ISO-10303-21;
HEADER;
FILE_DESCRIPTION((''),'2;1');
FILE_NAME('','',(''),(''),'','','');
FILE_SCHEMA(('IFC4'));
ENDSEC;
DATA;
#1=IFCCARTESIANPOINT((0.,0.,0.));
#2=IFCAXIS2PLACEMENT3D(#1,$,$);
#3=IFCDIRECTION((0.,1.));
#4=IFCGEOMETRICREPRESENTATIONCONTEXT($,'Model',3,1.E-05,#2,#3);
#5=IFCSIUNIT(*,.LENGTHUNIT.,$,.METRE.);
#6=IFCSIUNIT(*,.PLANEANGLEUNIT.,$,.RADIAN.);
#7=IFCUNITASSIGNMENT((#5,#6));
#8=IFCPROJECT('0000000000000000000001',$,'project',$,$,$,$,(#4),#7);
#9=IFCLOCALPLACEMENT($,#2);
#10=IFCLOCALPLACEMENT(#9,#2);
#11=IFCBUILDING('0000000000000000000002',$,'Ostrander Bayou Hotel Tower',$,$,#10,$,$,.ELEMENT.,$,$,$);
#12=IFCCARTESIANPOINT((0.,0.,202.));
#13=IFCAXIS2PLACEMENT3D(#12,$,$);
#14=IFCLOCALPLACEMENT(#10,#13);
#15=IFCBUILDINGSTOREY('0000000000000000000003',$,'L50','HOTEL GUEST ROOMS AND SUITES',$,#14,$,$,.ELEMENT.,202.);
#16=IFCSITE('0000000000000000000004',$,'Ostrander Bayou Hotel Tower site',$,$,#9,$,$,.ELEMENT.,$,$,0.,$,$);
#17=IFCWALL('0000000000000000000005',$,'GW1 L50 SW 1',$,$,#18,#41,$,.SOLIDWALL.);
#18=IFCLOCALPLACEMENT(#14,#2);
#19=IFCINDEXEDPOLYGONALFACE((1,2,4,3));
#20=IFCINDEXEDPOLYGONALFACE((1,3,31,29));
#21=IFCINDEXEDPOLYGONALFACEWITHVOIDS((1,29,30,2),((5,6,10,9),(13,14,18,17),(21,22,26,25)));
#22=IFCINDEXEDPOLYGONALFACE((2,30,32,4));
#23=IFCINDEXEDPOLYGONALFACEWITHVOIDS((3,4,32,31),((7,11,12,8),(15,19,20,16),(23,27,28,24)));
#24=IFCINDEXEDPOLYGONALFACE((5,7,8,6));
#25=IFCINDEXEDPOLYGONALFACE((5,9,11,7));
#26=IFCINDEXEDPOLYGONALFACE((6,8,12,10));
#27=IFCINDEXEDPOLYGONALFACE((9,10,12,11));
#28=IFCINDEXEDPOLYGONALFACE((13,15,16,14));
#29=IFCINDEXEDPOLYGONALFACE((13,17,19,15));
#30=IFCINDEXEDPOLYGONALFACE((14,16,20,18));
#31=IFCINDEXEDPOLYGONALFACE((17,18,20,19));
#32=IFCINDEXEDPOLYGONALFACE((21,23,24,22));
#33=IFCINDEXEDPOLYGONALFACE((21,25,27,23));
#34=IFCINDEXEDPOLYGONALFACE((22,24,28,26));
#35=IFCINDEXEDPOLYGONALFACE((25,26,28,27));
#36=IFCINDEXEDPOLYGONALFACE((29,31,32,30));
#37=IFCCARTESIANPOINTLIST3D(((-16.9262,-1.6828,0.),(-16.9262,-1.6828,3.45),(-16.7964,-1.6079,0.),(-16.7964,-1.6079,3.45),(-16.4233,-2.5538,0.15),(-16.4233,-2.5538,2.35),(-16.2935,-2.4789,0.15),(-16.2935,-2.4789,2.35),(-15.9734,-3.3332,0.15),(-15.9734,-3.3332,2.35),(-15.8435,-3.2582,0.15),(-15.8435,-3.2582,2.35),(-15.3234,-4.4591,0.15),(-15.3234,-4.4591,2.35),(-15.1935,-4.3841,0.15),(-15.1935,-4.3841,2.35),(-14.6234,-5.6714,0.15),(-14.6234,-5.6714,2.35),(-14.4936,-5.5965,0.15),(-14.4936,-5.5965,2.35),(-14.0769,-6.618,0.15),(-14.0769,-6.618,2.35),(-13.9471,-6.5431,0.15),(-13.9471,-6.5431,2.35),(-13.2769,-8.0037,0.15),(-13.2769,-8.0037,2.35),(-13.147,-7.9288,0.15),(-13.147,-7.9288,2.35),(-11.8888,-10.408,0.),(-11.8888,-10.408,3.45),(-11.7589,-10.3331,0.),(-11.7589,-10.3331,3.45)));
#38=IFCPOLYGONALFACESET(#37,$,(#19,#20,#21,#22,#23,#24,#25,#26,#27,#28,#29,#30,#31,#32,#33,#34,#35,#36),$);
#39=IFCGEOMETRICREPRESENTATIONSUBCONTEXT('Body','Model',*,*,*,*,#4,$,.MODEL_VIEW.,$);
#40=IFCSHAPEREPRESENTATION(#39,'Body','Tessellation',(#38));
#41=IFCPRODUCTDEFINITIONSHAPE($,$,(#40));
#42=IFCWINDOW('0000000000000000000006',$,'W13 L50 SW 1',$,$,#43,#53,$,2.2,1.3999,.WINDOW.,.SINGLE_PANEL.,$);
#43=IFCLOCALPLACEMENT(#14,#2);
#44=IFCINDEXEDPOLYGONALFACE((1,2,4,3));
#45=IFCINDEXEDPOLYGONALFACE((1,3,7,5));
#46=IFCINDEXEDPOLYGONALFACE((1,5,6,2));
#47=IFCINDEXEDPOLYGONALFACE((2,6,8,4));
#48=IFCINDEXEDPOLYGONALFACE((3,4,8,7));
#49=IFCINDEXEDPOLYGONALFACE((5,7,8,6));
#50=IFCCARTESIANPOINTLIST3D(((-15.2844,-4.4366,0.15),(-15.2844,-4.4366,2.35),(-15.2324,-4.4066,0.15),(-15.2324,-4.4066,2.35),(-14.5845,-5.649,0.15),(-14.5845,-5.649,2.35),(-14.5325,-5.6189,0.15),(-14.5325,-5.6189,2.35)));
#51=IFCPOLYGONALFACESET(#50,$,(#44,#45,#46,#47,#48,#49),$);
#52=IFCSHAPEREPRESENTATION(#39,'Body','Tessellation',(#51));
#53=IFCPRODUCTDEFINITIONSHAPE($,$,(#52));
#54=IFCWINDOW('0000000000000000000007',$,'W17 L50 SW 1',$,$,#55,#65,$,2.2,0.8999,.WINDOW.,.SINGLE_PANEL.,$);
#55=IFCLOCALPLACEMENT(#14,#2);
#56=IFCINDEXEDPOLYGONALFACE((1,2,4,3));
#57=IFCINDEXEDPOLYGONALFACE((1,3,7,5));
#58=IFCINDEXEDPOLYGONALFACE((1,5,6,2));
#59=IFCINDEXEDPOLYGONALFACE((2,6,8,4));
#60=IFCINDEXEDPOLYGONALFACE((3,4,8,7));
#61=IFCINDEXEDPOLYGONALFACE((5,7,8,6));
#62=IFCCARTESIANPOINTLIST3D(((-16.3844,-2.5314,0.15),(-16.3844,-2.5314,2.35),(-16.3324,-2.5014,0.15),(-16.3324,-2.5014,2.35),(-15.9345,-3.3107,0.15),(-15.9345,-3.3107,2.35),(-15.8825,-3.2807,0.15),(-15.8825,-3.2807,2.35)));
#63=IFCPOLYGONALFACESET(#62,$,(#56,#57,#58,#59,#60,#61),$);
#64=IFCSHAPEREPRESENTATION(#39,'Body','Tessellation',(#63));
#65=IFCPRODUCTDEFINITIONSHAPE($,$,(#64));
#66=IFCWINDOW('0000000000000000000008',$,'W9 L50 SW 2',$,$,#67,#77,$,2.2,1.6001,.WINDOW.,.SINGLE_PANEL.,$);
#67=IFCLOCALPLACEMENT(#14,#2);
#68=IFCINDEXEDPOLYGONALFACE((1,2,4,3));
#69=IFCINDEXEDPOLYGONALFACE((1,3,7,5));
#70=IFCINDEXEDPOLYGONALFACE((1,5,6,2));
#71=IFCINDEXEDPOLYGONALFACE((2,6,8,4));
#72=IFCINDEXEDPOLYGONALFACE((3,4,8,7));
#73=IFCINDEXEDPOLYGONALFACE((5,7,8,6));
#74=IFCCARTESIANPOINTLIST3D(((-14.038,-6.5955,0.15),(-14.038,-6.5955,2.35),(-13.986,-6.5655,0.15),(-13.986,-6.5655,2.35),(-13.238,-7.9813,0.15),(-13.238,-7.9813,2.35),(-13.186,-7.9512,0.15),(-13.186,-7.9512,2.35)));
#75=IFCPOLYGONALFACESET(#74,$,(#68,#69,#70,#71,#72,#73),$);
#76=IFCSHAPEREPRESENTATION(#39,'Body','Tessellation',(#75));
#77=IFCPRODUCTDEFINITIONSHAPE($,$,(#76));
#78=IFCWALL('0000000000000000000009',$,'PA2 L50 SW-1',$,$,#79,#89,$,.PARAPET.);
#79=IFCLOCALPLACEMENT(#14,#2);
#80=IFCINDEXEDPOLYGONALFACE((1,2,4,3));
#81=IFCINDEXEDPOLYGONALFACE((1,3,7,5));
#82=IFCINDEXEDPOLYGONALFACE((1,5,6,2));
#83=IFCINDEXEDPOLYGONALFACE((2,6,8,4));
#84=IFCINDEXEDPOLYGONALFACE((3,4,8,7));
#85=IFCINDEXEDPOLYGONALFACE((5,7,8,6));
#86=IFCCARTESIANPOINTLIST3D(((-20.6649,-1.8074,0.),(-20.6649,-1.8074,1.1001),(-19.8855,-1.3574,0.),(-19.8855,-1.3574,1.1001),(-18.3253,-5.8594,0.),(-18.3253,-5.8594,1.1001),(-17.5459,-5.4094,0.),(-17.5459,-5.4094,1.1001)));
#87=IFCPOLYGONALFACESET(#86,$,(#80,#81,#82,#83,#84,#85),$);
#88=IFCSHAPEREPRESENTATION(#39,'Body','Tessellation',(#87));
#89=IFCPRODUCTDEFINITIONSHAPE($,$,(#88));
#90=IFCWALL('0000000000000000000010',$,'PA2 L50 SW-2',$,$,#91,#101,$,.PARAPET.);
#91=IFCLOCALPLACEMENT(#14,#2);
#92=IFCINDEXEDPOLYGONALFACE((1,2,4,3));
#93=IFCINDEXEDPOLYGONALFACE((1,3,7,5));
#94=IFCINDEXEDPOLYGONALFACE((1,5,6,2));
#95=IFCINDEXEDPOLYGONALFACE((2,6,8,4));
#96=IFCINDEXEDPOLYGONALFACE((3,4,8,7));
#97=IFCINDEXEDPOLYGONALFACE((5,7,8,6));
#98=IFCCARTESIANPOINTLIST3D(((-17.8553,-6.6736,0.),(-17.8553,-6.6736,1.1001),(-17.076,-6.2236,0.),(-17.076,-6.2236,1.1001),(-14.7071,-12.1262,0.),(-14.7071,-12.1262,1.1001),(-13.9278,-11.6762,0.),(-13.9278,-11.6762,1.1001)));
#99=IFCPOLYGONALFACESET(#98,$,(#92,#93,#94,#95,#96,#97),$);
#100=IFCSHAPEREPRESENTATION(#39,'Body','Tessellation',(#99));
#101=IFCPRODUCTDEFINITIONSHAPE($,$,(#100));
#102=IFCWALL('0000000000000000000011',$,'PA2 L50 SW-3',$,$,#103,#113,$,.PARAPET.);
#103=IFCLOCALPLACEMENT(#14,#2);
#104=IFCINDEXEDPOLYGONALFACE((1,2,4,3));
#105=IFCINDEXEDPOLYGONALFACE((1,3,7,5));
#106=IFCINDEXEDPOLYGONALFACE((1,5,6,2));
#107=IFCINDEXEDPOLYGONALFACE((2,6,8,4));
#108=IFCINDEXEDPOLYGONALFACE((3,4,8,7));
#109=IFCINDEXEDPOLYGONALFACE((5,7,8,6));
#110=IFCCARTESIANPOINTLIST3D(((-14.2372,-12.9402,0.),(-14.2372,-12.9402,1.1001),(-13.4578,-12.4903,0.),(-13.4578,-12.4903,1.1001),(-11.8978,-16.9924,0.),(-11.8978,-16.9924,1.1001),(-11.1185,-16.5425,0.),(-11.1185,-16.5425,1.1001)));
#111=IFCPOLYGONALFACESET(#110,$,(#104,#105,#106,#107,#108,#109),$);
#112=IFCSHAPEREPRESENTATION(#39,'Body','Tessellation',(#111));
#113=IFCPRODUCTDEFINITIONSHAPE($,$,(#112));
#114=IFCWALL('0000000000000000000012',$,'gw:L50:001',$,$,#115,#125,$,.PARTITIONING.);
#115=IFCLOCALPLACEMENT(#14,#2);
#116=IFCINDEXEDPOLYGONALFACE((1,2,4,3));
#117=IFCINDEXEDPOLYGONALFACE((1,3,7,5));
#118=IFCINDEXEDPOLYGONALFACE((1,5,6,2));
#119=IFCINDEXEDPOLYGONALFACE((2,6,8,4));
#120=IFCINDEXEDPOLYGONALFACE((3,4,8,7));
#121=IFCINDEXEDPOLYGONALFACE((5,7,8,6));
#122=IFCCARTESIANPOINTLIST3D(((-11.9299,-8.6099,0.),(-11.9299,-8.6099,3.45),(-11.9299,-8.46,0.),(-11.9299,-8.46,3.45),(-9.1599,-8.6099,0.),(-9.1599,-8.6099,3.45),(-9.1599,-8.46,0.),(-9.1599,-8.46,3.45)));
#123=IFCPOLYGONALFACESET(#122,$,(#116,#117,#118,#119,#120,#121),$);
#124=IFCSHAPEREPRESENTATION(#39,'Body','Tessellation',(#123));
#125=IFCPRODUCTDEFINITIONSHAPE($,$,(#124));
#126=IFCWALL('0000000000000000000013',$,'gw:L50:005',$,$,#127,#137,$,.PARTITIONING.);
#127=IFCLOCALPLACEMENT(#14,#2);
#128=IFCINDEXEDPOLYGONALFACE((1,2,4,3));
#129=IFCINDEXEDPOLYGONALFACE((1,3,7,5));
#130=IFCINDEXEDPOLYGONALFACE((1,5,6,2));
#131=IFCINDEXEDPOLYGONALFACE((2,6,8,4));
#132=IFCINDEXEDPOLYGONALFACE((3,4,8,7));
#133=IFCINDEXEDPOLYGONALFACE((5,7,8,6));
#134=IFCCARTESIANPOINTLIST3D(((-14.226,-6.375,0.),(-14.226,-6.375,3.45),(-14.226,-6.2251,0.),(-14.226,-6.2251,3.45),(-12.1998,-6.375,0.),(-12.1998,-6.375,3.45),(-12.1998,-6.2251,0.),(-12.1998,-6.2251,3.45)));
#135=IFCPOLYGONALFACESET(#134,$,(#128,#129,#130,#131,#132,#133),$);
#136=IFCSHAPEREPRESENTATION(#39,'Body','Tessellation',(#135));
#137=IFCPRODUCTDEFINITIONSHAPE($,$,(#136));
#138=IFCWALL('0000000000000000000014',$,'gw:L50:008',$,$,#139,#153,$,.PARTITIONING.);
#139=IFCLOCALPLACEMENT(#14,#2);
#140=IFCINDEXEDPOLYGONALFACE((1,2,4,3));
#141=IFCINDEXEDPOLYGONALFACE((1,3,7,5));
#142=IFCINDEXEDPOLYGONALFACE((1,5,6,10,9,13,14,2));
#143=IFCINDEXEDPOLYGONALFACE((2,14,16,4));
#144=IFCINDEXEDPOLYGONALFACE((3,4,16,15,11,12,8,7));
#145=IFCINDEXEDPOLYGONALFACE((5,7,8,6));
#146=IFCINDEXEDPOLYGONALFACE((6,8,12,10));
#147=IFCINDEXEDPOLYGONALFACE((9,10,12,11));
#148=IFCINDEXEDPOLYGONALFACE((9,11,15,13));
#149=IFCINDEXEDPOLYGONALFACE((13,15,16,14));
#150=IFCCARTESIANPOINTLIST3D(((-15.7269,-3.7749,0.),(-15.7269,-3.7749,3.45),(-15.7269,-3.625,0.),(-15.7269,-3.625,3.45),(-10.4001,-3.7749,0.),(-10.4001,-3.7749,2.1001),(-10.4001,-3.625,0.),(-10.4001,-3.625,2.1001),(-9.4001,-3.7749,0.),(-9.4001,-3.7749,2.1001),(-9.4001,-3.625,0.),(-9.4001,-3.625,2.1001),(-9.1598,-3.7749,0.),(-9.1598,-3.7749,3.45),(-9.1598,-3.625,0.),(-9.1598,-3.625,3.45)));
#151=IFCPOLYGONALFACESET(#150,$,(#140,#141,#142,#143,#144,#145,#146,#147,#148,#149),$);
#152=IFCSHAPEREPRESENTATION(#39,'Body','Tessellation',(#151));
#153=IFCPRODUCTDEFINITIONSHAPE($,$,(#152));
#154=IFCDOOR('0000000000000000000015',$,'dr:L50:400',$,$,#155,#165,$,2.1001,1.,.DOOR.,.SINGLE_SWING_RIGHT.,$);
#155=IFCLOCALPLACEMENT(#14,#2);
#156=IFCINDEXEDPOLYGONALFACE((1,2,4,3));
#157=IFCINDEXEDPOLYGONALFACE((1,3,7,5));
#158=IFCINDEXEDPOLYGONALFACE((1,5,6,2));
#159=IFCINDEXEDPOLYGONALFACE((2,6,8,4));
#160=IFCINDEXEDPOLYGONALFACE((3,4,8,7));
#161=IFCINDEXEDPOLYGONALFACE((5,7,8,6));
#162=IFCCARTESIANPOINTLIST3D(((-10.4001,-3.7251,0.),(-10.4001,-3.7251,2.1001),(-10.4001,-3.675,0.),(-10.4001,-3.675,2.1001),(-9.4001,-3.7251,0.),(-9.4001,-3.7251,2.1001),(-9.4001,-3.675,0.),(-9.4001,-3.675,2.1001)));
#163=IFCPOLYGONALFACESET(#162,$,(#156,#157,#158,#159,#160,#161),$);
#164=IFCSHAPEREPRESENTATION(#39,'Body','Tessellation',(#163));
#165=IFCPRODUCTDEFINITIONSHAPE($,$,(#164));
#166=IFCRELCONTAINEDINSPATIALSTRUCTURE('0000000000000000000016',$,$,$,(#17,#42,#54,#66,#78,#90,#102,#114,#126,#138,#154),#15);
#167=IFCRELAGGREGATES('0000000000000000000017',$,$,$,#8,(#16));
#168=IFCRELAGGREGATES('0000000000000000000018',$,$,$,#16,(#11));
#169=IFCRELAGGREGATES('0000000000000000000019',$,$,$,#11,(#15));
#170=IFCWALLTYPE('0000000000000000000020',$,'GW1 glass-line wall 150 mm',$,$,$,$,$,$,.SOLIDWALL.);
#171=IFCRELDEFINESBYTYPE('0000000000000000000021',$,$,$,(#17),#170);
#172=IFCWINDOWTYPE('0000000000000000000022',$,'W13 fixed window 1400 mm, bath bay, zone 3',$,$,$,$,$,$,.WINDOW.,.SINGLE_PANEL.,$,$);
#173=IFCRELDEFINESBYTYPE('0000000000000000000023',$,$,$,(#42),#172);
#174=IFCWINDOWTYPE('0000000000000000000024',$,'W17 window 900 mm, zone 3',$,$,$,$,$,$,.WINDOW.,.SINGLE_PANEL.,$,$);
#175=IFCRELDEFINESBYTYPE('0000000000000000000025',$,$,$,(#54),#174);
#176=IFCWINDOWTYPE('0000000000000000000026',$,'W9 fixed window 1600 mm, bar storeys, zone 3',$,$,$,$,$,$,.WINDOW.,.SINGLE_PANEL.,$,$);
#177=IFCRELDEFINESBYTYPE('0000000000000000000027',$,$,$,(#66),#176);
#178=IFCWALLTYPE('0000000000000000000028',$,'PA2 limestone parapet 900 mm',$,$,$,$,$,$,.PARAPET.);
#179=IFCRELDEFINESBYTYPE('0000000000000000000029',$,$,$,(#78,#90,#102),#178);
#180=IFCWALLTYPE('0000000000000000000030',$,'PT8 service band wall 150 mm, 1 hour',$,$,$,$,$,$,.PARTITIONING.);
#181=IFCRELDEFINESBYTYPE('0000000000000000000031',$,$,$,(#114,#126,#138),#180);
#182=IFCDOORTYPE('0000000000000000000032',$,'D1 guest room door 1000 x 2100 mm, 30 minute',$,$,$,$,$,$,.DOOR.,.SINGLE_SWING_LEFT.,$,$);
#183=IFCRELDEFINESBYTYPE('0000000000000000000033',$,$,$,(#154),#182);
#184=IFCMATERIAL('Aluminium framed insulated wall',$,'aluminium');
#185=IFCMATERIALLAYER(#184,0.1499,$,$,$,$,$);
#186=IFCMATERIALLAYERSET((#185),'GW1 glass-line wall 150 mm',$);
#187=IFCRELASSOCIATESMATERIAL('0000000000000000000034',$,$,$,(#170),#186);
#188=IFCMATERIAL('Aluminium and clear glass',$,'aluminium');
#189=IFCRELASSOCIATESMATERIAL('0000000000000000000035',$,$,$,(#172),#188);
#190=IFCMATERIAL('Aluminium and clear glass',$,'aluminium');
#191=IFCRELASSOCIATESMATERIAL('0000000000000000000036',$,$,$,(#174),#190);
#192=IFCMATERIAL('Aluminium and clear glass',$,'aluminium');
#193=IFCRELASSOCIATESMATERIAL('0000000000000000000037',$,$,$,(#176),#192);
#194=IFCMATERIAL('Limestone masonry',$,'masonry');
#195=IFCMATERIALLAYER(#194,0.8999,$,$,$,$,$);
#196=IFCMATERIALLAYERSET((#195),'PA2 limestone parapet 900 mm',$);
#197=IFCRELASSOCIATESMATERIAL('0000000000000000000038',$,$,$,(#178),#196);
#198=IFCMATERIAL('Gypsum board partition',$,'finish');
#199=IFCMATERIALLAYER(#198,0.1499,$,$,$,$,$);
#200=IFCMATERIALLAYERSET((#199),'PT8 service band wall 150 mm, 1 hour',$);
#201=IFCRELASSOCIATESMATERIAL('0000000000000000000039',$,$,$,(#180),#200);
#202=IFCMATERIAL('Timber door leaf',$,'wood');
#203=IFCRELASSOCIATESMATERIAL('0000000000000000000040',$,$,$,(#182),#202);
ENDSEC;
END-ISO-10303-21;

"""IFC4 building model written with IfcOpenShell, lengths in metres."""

from ifc_helpers import new_model, si_unit, direction, frame, frame_2d, origin, place, context, subcontext, project, spatial, rectangle, extrude, material, layer, layer_set, type_object, element, fill, save


model = new_model("IFC4")

# Units and contexts
model_context = context("Model", 3, precision=1e-05, world=origin(), true_north=direction((0.0, 1.0)))
body_context = subcontext(model_context, "Body", "Model", "MODEL_VIEW")
ifc_project = project(units=[si_unit("LENGTHUNIT", "METRE"), si_unit("PLANEANGLEUNIT", "RADIAN")], contexts=[model_context])

# Site, building, storey
site_placement = place(None, origin())
site = spatial("IfcSite", under=ifc_project, at=site_placement, Name="Ostrander Bayou Hotel Tower site", CompositionType="ELEMENT", RefElevation=0.0)
building_placement = place(site_placement, origin())
building = spatial("IfcBuilding", under=site, at=building_placement, Name="Ostrander Bayou Hotel Tower", CompositionType="ELEMENT")
storey_placement = place(building_placement, frame((0.0, 0.0, 202.0)))
storey = spatial("IfcBuildingStorey", under=building, at=storey_placement, Name="L50", Description="HOTEL GUEST ROOMS AND SUITES", CompositionType="ELEMENT", Elevation=202.0)

# Wall, openings, windows
ifc_material_1 = material(Name="Aluminium framed insulated wall", Category="aluminium")
ifc_layer_1 = layer(ifc_material_1, 0.1499)
ifc_layer_set_1 = layer_set([ifc_layer_1], Name="GW1 glass-line wall 150 mm")
wall_type_1 = type_object("IfcWallType", Name="GW1 glass-line wall 150 mm", PredefinedType="SOLIDWALL", material=ifc_layer_set_1)
wall_1_placement = place(storey_placement, frame((-16.8613, -1.6453, 0.0), z_axis=(0.0, 0.0, 1.0), x_axis=(0.499994, -0.866029, 0.0)))
wall_1 = element("IfcWall", 1, at=wall_1_placement, inside=storey, type_object=wall_type_1, Name="GW1 L50 SW 1", PredefinedType="SOLIDWALL", context=body_context, shape_type="SweptSolid", body=[
    extrude(rectangle(XDim=10.075, YDim=0.1499, at=frame_2d((5.0376, 0.0))), origin(), (0.0, 0.0, 1.0), 3.45),
])
opening_1_placement = place(wall_1_placement, frame((1.0059, 0.0, 0.1499)))
opening_1 = element("IfcOpeningElement", 2, at=opening_1_placement, cuts=wall_1, PredefinedType="OPENING", context=body_context, shape_type="SweptSolid", body=[
    extrude(rectangle(XDim=0.8999, YDim=2.2, at=frame_2d((0.45, 1.1001))), frame((0.0, 0.075, 0.0), z_axis=(0.0, -1.0, 0.0), x_axis=(1.0, 0.0, 0.0)), (0.0, 0.0, 1.0), 0.1499),
])
opening_2_placement = place(wall_1_placement, frame((3.2058, 0.0, 0.1499)))
opening_2 = element("IfcOpeningElement", 3, at=opening_2_placement, cuts=wall_1, PredefinedType="OPENING", context=body_context, shape_type="SweptSolid", body=[
    extrude(rectangle(XDim=1.3999, YDim=2.2, at=frame_2d((0.7, 1.1001))), frame((0.0, 0.075, 0.0), z_axis=(0.0, -1.0, 0.0), x_axis=(1.0, 0.0, 0.0)), (0.0, 0.0, 1.0), 0.1499),
])
opening_3_placement = place(wall_1_placement, frame((5.6987, 0.0, 0.1499)))
opening_3 = element("IfcOpeningElement", 4, at=opening_3_placement, cuts=wall_1, PredefinedType="OPENING", context=body_context, shape_type="SweptSolid", body=[
    extrude(rectangle(XDim=1.6001, YDim=2.2, at=frame_2d((0.8, 1.1001))), frame((0.0, 0.075, 0.0), z_axis=(0.0, -1.0, 0.0), x_axis=(1.0, 0.0, 0.0)), (0.0, 0.0, 1.0), 0.1499),
])
ifc_material_2 = material(Name="Aluminium and clear glass", Category="aluminium")
window_type_1 = type_object("IfcWindowType", Name="W13 fixed window 1400 mm, bath bay, zone 3", PartitioningType="SINGLE_PANEL", PredefinedType="WINDOW", material=ifc_material_2)
window_1_placement = place(opening_2_placement, origin())
window_1 = element("IfcWindow", 5, at=window_1_placement, inside=storey, type_object=window_type_1, Name="W13 L50 SW 1", OverallHeight=2.2, OverallWidth=1.3999, PartitioningType="SINGLE_PANEL", PredefinedType="WINDOW", context=body_context, shape_type="SweptSolid", body=[
    extrude(rectangle(XDim=1.3999, YDim=2.2, at=frame_2d((0.7, 1.1001))), frame((0.0, 0.03, 0.0), z_axis=(0.0, -1.0, 0.0), x_axis=(1.0, 0.0, 0.0)), (0.0, 0.0, 1.0), 0.0601),
])
fill(opening_2, window_1)
ifc_material_3 = material(Name="Aluminium and clear glass", Category="aluminium")
window_type_2 = type_object("IfcWindowType", Name="W17 window 900 mm, zone 3", PartitioningType="SINGLE_PANEL", PredefinedType="WINDOW", material=ifc_material_3)
window_2_placement = place(opening_1_placement, origin())
window_2 = element("IfcWindow", 6, at=window_2_placement, inside=storey, type_object=window_type_2, Name="W17 L50 SW 1", OverallHeight=2.2, OverallWidth=0.8999, PartitioningType="SINGLE_PANEL", PredefinedType="WINDOW", context=body_context, shape_type="SweptSolid", body=[
    extrude(rectangle(XDim=0.8999, YDim=2.2, at=frame_2d((0.45, 1.1001))), frame((0.0, 0.03, 0.0), z_axis=(0.0, -1.0, 0.0), x_axis=(1.0, 0.0, 0.0)), (0.0, 0.0, 1.0), 0.0601),
])
fill(opening_1, window_2)
ifc_material_4 = material(Name="Aluminium and clear glass", Category="aluminium")
window_type_3 = type_object("IfcWindowType", Name="W9 fixed window 1600 mm, bar storeys, zone 3", PartitioningType="SINGLE_PANEL", PredefinedType="WINDOW", material=ifc_material_4)
window_3_placement = place(opening_3_placement, origin())
window_3 = element("IfcWindow", 7, at=window_3_placement, inside=storey, type_object=window_type_3, Name="W9 L50 SW 2", OverallHeight=2.2, OverallWidth=1.6001, PartitioningType="SINGLE_PANEL", PredefinedType="WINDOW", context=body_context, shape_type="SweptSolid", body=[
    extrude(rectangle(XDim=1.6001, YDim=2.2, at=frame_2d((0.8, 1.1001))), frame((0.0, 0.03, 0.0), z_axis=(0.0, -1.0, 0.0), x_axis=(1.0, 0.0, 0.0)), (0.0, 0.0, 1.0), 0.0601),
])
fill(opening_3, window_3)

# Walls
ifc_material_5 = material(Name="Limestone masonry", Category="masonry")
ifc_layer_2 = layer(ifc_material_5, 0.8999)
ifc_layer_set_2 = layer_set([ifc_layer_2], Name="PA2 limestone parapet 900 mm")
wall_type_2 = type_object("IfcWallType", Name="PA2 limestone parapet 900 mm", PredefinedType="PARAPET", material=ifc_layer_set_2)
wall_2_placement = place(storey_placement, frame((-20.2751, -1.5825, 0.0), z_axis=(0.0, 0.0, 1.0), x_axis=(0.500028, -0.866009, 0.0)))
element("IfcWall", 8, at=wall_2_placement, inside=storey, type_object=wall_type_2, Name="PA2 L50 SW-1", PredefinedType="PARAPET", context=body_context, shape_type="SweptSolid", body=[
    extrude(rectangle(XDim=4.679, YDim=0.8999, at=frame_2d((2.3394, 0.0))), origin(), (0.0, 0.0, 1.0), 1.1001),
])
wall_3_placement = place(storey_placement, frame((-17.4656, -6.4487, 0.0), z_axis=(0.0, 0.0, 1.0), x_axis=(0.500013, -0.866018, 0.0)))
element("IfcWall", 9, at=wall_3_placement, inside=storey, type_object=wall_type_2, Name="PA2 L50 SW-2", PredefinedType="PARAPET", context=body_context, shape_type="SweptSolid", body=[
    extrude(rectangle(XDim=6.2961, YDim=0.8999, at=frame_2d((3.1479, 0.0))), origin(), (0.0, 0.0, 1.0), 1.1001),
])
wall_4_placement = place(storey_placement, frame((-13.8474, -12.7153, 0.0), z_axis=(0.0, 0.0, 1.0), x_axis=(0.499966, -0.866045, 0.0)))
element("IfcWall", 10, at=wall_4_placement, inside=storey, type_object=wall_type_2, Name="PA2 L50 SW-3", PredefinedType="PARAPET", context=body_context, shape_type="SweptSolid", body=[
    extrude(rectangle(XDim=4.679, YDim=0.8999, at=frame_2d((2.3394, 0.0))), origin(), (0.0, 0.0, 1.0), 1.1001),
])
ifc_material_6 = material(Name="Gypsum board partition", Category="finish")
ifc_layer_3 = layer(ifc_material_6, 0.1499)
ifc_layer_set_3 = layer_set([ifc_layer_3], Name="PT8 service band wall 150 mm, 1 hour")
wall_type_3 = type_object("IfcWallType", Name="PT8 service band wall 150 mm, 1 hour", PredefinedType="PARTITIONING", material=ifc_layer_set_3)
wall_5_placement = place(storey_placement, frame((-11.9299, -8.5349, 0.0), z_axis=(0.0, 0.0, 1.0), x_axis=(1.0, 0.0, 0.0)))
element("IfcWall", 11, at=wall_5_placement, inside=storey, type_object=wall_type_3, Name="gw:L50:001", PredefinedType="PARTITIONING", context=body_context, shape_type="SweptSolid", body=[
    extrude(rectangle(XDim=2.77, YDim=0.1499, at=frame_2d((1.385, 0.0))), origin(), (0.0, 0.0, 1.0), 3.45),
])
wall_6_placement = place(storey_placement, frame((-14.2261, -6.3, 0.0), z_axis=(0.0, 0.0, 1.0), x_axis=(1.0, 0.0, 0.0)))
element("IfcWall", 12, at=wall_6_placement, inside=storey, type_object=wall_type_3, Name="gw:L50:005", PredefinedType="PARTITIONING", context=body_context, shape_type="SweptSolid", body=[
    extrude(rectangle(XDim=2.0261, YDim=0.1499, at=frame_2d((1.0132, 0.0))), origin(), (0.0, 0.0, 1.0), 3.45),
])

# Wall, opening, door
wall_7_placement = place(storey_placement, frame((-15.7271, -3.7, 0.0), z_axis=(0.0, 0.0, 1.0), x_axis=(1.0, 0.0, 0.0)))
wall_7 = element("IfcWall", 13, at=wall_7_placement, inside=storey, type_object=wall_type_3, Name="gw:L50:008", PredefinedType="PARTITIONING", context=body_context, shape_type="SweptSolid", body=[
    extrude(rectangle(XDim=6.5671, YDim=0.1499, at=frame_2d((3.2837, 0.0))), origin(), (0.0, 0.0, 1.0), 3.45),
])
opening_4_placement = place(wall_7_placement, frame((5.3269, 0.0, 0.0)))
opening_4 = element("IfcOpeningElement", 14, at=opening_4_placement, cuts=wall_7, PredefinedType="OPENING", context=body_context, shape_type="SweptSolid", body=[
    extrude(rectangle(XDim=1.0, YDim=2.1001, at=frame_2d((0.5, 1.05))), frame((0.0, 0.075, 0.0), z_axis=(0.0, -1.0, 0.0), x_axis=(1.0, 0.0, 0.0)), (0.0, 0.0, 1.0), 0.1499),
])
ifc_material_7 = material(Name="Timber door leaf", Category="wood")
door_type_1 = type_object("IfcDoorType", Name="D1 guest room door 1000 x 2100 mm, 30 minute", OperationType="SINGLE_SWING_LEFT", PredefinedType="DOOR", material=ifc_material_7)
door_1_placement = place(opening_4_placement, origin())
door_1 = element("IfcDoor", 15, at=door_1_placement, inside=storey, type_object=door_type_1, Name="dr:L50:400", OperationType="SINGLE_SWING_RIGHT", OverallHeight=2.1001, OverallWidth=1.0, PredefinedType="DOOR", context=body_context, shape_type="SweptSolid", body=[
    extrude(rectangle(XDim=1.0, YDim=2.1001, at=frame_2d((0.5, 1.05))), frame((0.0, 0.0249, 0.0), z_axis=(0.0, -1.0, 0.0), x_axis=(1.0, 0.0, 0.0)), (0.0, 0.0, 1.0), 0.05),
])
fill(opening_4, door_1)

save(model, "model.ifc")
